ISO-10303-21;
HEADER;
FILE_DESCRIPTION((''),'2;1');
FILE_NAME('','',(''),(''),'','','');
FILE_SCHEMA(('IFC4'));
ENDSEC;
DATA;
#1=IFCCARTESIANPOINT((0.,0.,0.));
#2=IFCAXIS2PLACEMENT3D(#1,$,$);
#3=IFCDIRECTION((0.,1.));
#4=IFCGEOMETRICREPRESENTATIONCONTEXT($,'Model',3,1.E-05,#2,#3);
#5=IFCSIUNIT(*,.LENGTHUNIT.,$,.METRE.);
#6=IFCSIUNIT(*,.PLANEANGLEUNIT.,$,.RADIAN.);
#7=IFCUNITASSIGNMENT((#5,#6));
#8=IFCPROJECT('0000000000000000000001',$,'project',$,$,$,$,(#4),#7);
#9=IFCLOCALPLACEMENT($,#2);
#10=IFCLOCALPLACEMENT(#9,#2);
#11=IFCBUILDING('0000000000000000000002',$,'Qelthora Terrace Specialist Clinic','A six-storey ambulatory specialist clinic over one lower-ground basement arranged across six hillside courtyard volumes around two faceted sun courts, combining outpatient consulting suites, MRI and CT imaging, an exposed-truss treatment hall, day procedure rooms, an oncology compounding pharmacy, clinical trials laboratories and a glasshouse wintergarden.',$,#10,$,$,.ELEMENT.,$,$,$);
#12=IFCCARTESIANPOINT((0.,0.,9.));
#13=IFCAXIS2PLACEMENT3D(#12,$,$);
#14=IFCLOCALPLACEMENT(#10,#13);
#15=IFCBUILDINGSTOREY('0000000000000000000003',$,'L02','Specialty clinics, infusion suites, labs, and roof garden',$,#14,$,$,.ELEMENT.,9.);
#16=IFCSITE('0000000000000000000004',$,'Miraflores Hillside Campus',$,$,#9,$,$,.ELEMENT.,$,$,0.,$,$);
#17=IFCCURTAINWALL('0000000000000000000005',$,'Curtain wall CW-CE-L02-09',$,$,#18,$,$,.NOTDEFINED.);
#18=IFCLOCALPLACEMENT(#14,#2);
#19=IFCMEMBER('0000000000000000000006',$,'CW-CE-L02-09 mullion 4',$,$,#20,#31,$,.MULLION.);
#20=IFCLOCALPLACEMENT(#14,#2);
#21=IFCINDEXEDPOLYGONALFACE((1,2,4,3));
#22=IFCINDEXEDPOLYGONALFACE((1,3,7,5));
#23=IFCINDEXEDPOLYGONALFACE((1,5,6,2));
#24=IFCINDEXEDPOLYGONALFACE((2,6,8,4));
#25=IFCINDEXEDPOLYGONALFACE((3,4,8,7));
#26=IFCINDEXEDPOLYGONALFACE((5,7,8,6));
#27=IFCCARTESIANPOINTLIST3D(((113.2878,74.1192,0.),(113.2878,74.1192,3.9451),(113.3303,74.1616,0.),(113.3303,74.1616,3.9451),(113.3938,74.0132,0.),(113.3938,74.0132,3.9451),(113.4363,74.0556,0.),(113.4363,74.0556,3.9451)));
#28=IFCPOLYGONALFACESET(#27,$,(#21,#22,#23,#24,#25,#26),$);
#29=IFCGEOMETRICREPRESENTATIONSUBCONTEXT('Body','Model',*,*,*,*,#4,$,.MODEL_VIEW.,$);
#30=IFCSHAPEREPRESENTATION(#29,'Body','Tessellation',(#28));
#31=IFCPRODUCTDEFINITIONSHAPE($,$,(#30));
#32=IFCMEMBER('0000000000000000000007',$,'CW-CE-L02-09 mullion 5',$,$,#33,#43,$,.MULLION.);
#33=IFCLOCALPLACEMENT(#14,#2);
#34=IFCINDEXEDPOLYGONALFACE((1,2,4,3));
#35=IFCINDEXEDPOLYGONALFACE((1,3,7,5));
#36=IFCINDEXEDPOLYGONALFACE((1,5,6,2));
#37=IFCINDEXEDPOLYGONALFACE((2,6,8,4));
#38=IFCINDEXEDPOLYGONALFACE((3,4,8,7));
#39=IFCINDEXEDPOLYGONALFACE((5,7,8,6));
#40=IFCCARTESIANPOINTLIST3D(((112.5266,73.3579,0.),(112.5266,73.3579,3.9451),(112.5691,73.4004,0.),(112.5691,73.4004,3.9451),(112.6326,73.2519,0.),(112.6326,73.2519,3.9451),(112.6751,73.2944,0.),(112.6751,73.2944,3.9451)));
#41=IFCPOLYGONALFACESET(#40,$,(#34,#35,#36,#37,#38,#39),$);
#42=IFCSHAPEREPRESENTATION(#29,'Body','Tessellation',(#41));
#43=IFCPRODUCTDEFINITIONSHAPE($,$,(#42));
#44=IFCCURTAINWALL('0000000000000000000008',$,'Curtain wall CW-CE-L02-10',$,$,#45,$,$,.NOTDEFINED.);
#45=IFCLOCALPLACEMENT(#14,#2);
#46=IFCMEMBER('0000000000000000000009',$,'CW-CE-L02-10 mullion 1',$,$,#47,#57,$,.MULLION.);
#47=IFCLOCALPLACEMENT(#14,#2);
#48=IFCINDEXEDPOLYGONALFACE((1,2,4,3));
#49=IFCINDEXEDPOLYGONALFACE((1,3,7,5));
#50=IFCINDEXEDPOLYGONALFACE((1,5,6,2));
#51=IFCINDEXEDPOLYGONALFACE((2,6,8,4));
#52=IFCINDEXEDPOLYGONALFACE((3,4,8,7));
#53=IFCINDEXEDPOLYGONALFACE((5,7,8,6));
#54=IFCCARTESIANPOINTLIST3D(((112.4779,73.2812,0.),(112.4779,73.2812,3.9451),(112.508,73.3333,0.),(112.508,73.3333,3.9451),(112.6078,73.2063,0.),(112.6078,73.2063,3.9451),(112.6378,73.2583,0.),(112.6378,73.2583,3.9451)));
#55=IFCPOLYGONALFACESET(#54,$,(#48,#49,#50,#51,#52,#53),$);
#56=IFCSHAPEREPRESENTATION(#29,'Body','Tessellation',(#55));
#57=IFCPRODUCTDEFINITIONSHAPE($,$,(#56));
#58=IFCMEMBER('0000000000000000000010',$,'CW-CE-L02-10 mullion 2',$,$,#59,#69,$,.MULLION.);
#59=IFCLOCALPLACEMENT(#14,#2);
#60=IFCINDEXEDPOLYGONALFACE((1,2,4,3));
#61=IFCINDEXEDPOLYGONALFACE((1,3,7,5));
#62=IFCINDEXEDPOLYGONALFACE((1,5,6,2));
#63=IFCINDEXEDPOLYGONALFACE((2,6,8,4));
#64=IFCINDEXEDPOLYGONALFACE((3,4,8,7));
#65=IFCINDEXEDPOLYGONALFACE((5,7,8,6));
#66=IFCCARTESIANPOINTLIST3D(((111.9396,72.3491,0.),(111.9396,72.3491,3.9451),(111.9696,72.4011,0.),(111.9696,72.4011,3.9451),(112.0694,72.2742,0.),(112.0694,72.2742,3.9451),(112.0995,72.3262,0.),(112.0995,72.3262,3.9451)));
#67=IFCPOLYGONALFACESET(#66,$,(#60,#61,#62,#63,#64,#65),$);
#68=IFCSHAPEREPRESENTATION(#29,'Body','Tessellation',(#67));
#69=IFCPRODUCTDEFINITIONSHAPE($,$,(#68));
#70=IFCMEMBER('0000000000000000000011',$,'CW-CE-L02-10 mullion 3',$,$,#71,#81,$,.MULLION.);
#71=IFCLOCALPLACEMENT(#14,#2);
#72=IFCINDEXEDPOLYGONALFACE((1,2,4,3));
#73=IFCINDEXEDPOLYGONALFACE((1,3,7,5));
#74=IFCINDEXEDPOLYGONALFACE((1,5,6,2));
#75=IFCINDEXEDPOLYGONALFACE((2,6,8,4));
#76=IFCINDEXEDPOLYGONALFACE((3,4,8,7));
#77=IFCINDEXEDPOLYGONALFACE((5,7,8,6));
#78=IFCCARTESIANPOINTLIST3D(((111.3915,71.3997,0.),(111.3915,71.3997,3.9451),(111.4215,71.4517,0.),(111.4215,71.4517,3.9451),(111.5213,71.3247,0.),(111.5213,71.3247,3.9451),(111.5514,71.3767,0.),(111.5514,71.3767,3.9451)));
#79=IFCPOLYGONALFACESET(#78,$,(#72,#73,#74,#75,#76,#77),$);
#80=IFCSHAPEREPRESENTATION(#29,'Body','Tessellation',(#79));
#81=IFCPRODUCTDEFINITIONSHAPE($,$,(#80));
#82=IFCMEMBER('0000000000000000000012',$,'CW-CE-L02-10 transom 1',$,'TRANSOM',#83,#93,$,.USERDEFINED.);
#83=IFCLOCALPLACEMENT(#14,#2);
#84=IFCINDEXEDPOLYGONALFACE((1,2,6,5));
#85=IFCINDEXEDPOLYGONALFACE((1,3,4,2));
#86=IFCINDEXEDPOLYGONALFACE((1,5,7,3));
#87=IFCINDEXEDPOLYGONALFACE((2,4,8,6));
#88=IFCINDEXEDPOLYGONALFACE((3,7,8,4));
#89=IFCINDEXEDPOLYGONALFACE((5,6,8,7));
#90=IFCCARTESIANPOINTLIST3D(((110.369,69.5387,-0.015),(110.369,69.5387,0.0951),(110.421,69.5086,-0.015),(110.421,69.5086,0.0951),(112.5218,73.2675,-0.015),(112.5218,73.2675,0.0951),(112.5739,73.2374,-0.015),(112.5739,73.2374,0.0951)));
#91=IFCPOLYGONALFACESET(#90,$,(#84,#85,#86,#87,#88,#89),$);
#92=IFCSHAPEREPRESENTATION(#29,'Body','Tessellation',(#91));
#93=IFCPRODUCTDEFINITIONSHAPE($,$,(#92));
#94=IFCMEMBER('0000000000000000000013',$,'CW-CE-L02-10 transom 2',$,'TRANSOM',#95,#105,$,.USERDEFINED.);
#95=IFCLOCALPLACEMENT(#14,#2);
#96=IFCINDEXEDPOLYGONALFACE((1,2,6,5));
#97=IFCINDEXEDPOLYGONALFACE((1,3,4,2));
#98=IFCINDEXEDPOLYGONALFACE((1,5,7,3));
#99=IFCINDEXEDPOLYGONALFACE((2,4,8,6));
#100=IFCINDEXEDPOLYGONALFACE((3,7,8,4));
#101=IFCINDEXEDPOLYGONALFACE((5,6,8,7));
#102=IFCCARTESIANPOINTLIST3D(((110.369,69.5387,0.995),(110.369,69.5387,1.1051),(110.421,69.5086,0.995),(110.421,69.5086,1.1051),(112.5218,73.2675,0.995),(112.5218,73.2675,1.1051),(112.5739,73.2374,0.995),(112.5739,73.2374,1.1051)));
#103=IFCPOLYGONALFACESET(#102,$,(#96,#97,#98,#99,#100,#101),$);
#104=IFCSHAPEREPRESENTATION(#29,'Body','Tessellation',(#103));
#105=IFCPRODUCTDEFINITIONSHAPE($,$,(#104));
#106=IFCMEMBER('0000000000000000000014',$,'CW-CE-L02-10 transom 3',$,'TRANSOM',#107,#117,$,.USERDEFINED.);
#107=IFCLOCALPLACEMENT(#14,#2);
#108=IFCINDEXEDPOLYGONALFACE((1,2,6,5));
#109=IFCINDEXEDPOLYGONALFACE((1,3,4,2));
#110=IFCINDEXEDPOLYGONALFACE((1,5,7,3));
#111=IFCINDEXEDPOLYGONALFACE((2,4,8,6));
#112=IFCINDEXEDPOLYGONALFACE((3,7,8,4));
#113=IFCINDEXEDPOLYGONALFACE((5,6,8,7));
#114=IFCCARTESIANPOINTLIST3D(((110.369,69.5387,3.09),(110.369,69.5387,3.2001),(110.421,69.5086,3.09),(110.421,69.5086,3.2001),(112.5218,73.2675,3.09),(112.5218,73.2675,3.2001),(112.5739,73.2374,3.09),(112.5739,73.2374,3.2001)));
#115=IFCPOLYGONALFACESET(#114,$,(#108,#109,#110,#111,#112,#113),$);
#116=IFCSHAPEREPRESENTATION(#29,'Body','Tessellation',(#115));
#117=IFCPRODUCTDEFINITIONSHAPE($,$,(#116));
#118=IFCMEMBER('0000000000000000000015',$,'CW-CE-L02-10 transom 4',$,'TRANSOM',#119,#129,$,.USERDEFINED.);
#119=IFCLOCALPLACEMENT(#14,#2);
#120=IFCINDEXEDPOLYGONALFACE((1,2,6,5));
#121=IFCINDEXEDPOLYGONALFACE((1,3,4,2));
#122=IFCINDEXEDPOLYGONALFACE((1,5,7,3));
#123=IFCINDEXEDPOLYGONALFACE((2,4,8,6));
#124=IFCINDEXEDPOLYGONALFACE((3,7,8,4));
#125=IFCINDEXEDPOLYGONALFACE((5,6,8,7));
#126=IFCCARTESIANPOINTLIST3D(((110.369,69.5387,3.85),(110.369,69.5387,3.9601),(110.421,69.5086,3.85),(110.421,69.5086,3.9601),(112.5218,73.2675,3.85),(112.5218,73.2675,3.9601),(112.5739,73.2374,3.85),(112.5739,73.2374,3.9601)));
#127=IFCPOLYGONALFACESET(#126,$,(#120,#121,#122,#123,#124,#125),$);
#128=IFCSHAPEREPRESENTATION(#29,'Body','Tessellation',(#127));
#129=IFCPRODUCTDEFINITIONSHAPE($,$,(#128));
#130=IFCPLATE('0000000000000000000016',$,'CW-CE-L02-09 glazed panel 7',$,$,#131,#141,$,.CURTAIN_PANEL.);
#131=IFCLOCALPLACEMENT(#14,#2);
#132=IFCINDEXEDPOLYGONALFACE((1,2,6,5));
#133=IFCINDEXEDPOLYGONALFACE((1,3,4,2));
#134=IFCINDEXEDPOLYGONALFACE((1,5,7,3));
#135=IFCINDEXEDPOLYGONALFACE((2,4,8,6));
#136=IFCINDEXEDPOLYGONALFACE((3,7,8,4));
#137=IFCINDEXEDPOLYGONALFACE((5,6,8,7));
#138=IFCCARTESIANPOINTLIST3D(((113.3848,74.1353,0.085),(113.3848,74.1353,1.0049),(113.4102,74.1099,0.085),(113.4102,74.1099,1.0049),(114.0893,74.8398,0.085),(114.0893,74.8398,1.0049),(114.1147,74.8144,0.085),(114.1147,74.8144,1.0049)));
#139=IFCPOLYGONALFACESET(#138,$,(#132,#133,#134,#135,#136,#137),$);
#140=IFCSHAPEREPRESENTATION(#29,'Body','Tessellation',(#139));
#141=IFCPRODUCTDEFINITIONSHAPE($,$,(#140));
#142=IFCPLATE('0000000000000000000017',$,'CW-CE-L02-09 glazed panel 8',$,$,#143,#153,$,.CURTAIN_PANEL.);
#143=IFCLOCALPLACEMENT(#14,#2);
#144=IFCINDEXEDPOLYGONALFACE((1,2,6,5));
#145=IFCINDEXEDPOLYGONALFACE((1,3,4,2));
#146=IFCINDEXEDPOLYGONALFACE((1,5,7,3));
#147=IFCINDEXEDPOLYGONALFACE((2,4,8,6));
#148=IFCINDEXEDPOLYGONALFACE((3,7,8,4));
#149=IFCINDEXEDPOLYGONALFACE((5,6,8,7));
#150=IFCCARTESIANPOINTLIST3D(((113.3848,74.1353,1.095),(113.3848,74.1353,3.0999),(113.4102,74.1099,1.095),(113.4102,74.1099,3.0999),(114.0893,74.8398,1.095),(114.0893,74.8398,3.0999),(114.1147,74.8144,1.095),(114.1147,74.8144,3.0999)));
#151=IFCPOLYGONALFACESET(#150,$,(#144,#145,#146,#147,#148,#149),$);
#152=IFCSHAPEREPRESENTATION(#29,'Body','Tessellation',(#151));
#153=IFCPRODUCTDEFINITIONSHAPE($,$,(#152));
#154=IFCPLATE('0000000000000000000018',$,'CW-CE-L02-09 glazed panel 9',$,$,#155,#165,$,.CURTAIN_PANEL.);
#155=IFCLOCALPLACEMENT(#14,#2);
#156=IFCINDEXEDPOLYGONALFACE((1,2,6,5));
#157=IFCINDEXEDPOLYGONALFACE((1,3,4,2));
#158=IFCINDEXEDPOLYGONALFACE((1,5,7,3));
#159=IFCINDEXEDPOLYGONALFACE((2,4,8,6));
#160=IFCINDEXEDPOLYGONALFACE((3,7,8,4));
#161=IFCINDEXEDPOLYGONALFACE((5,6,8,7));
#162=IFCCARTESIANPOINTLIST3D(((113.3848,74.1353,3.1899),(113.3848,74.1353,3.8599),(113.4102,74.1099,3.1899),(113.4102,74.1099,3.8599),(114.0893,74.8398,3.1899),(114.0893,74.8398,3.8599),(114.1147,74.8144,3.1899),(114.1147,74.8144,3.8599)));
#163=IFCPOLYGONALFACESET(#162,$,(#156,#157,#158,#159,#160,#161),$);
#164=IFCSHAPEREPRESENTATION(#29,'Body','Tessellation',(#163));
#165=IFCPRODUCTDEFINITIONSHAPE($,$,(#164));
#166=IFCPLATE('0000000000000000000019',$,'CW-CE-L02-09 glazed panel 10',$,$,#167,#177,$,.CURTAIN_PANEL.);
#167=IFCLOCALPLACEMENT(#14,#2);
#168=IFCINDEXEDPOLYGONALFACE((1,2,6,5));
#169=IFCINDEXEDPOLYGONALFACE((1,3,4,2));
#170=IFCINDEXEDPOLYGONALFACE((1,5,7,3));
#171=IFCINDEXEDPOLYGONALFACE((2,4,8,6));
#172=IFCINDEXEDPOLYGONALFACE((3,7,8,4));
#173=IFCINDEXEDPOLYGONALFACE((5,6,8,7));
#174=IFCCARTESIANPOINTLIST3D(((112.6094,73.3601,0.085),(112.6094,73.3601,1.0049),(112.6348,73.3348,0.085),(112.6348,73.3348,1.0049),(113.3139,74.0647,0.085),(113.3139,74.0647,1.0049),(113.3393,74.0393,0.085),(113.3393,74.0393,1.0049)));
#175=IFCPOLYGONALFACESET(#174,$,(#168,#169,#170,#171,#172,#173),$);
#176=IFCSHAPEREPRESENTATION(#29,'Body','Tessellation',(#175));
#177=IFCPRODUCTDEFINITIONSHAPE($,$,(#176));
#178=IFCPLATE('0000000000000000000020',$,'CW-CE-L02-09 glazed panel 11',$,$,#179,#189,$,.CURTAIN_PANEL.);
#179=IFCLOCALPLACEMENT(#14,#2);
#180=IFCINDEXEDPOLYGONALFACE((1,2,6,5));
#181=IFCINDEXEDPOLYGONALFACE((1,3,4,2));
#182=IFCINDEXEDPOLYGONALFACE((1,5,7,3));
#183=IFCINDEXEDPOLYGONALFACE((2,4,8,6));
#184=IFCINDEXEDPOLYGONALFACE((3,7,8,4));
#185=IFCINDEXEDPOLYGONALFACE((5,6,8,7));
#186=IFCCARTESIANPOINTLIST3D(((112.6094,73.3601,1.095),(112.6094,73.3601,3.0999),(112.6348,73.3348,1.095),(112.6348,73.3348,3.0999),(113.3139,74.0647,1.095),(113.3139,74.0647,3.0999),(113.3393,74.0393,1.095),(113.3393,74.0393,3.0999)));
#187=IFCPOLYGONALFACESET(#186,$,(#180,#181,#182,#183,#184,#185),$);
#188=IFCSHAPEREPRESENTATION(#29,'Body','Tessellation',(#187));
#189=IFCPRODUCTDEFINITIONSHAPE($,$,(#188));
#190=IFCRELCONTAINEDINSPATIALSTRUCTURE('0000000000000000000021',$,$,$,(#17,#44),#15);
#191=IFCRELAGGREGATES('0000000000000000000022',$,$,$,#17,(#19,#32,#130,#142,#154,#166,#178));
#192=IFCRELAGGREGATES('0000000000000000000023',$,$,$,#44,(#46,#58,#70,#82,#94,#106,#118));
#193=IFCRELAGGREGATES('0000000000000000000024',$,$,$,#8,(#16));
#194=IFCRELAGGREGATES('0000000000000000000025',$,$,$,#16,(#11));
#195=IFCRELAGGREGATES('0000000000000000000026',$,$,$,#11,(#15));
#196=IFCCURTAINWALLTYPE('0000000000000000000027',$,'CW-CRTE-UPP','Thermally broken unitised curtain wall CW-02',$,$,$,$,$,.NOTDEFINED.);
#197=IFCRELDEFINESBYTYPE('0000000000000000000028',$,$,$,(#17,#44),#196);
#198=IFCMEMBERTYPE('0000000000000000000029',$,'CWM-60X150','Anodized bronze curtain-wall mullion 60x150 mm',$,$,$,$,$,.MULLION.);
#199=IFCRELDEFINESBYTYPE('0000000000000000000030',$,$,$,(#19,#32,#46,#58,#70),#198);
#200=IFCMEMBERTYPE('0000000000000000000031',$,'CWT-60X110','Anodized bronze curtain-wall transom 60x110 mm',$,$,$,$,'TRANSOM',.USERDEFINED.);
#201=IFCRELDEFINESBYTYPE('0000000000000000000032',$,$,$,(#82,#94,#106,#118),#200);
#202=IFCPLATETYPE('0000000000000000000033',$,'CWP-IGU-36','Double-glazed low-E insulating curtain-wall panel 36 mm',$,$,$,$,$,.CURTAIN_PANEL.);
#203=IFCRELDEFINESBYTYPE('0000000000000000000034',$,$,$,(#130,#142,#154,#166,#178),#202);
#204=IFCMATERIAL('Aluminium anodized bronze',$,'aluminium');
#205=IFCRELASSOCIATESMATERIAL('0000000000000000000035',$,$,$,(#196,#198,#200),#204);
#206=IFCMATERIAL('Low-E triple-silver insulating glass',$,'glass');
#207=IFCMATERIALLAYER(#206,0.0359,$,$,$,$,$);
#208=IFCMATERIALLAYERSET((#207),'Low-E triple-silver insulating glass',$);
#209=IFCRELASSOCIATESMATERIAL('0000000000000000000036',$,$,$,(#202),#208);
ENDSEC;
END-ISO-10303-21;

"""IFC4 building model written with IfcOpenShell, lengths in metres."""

from ifc_helpers import new_model, si_unit, direction, frame, origin, origin_2d, place, context, subcontext, project, spatial, rectangle, extrude, material, layer, layer_set, material_profile, profile_set, type_object, element, aggregate, save


model = new_model("IFC4")

# Units and contexts
model_context = context("Model", 3, precision=1e-05, world=origin(), true_north=direction((0.0, 1.0)))
body_context = subcontext(model_context, "Body", "Model", "MODEL_VIEW")
ifc_project = project(units=[si_unit("LENGTHUNIT", "METRE"), si_unit("PLANEANGLEUNIT", "RADIAN")], contexts=[model_context])

# Site, building, storey
site_placement = place(None, origin())
site = spatial("IfcSite", under=ifc_project, at=site_placement, Name="Miraflores Hillside Campus", CompositionType="ELEMENT", RefElevation=0.0)
building_placement = place(site_placement, origin())
building = spatial("IfcBuilding", under=site, at=building_placement, Name="Qelthora Terrace Specialist Clinic", Description="A six-storey ambulatory specialist clinic over one lower-ground basement arranged across six hillside courtyard volumes around two faceted sun courts, combining outpatient consulting suites, MRI and CT imaging, an exposed-truss treatment hall, day procedure rooms, an oncology compounding pharmacy, clinical trials laboratories and a glasshouse wintergarden.", CompositionType="ELEMENT")
storey_placement = place(building_placement, frame((0.0, 0.0, 9.0)))
storey = spatial("IfcBuildingStorey", under=building, at=storey_placement, Name="L02", Description="Specialty clinics, infusion suites, labs, and roof garden", CompositionType="ELEMENT", Elevation=9.0)

# Curtain walls, members
ifc_material_1 = material(Name="Aluminium anodized bronze", Category="aluminium")
curtain_wall_type = type_object("IfcCurtainWallType", Name="CW-CRTE-UPP", Description="Thermally broken unitised curtain wall CW-02", PredefinedType="NOTDEFINED", material=ifc_material_1)
curtain_wall_1_placement = place(storey_placement, origin())
curtain_wall_1 = element("IfcCurtainWall", 1, at=curtain_wall_1_placement, inside=storey, type_object=curtain_wall_type, Name="Curtain wall CW-CE-L02-09", PredefinedType="NOTDEFINED")
ifc_material_profile_1 = material_profile(ifc_material_1, rectangle(XDim=0.0601, YDim=0.1499, at=origin_2d()), Name="CWM60X150")
ifc_profile_set_1 = profile_set([ifc_material_profile_1], Name="Aluminium anodized bronze")
member_type_1 = type_object("IfcMemberType", Name="CWM-60X150", Description="Anodized bronze curtain-wall mullion 60x150 mm", PredefinedType="MULLION", material=ifc_profile_set_1)
member_1_placement = place(storey_placement, frame((113.3621, 74.0874, 0.0), z_axis=(0.0, 0.0, 1.0), x_axis=(-0.707107, -0.707107, 0.0)))
member_1 = element("IfcMember", 2, at=member_1_placement, type_object=member_type_1, Name="CW-CE-L02-09 mullion 4", PredefinedType="MULLION", context=body_context, shape_type="SweptSolid", body=[
    extrude(rectangle(XDim=0.0601, YDim=0.1499, at=origin_2d()), origin(), (0.0, 0.0, 1.0), 3.9451),
])
member_2_placement = place(storey_placement, frame((112.6008, 73.3262, 0.0), z_axis=(0.0, 0.0, 1.0), x_axis=(-0.707107, -0.707107, 0.0)))
member_2 = element("IfcMember", 3, at=member_2_placement, type_object=member_type_1, Name="CW-CE-L02-09 mullion 5", PredefinedType="MULLION", context=body_context, shape_type="SweptSolid", body=[
    extrude(rectangle(XDim=0.0601, YDim=0.1499, at=origin_2d()), origin(), (0.0, 0.0, 1.0), 3.9451),
])
curtain_wall_2_placement = place(storey_placement, origin())
curtain_wall_2 = element("IfcCurtainWall", 4, at=curtain_wall_2_placement, inside=storey, type_object=curtain_wall_type, Name="Curtain wall CW-CE-L02-10", PredefinedType="NOTDEFINED")
member_3_placement = place(storey_placement, frame((112.5579, 73.2698, 0.0), z_axis=(0.0, 0.0, 1.0), x_axis=(-0.5, -0.866025, 0.0)))
member_3 = element("IfcMember", 5, at=member_3_placement, type_object=member_type_1, Name="CW-CE-L02-10 mullion 1", PredefinedType="MULLION", context=body_context, shape_type="SweptSolid", body=[
    extrude(rectangle(XDim=0.0601, YDim=0.1499, at=origin_2d()), origin(), (0.0, 0.0, 1.0), 3.9451),
])
member_4_placement = place(storey_placement, frame((112.0195, 72.3376, 0.0), z_axis=(0.0, 0.0, 1.0), x_axis=(-0.5, -0.866025, 0.0)))
member_4 = element("IfcMember", 6, at=member_4_placement, type_object=member_type_1, Name="CW-CE-L02-10 mullion 2", PredefinedType="MULLION", context=body_context, shape_type="SweptSolid", body=[
    extrude(rectangle(XDim=0.0601, YDim=0.1499, at=origin_2d()), origin(), (0.0, 0.0, 1.0), 3.9451),
])
member_5_placement = place(storey_placement, frame((111.4714, 71.3882, 0.0), z_axis=(0.0, 0.0, 1.0), x_axis=(-0.5, -0.866025, 0.0)))
member_5 = element("IfcMember", 7, at=member_5_placement, type_object=member_type_1, Name="CW-CE-L02-10 mullion 3", PredefinedType="MULLION", context=body_context, shape_type="SweptSolid", body=[
    extrude(rectangle(XDim=0.0601, YDim=0.1499, at=origin_2d()), origin(), (0.0, 0.0, 1.0), 3.9451),
])
ifc_material_profile_2 = material_profile(ifc_material_1, rectangle(XDim=0.0601, YDim=0.1101, at=origin_2d()), Name="CWT60X110")
ifc_profile_set_2 = profile_set([ifc_material_profile_2], Name="Aluminium anodized bronze")
member_type_2 = type_object("IfcMemberType", Name="CWT-60X110", Description="Anodized bronze curtain-wall transom 60x110 mm", ElementType="TRANSOM", PredefinedType="USERDEFINED", material=ifc_profile_set_2)
member_6_placement = place(storey_placement, frame((112.5479, 73.2524, 0.04), z_axis=(-0.500006, -0.866022, 0.0), x_axis=(0.866022, -0.500006, 0.0)))
member_6 = element("IfcMember", 8, at=member_6_placement, type_object=member_type_2, Name="CW-CE-L02-10 transom 1", ObjectType="TRANSOM", PredefinedType="USERDEFINED", context=body_context, shape_type="SweptSolid", body=[
    extrude(rectangle(XDim=0.0601, YDim=0.1101, at=origin_2d()), origin(), (0.0, 0.0, 1.0), 4.3057),
])
member_7_placement = place(storey_placement, frame((112.5479, 73.2524, 1.05), z_axis=(-0.500006, -0.866022, 0.0), x_axis=(0.866022, -0.500006, 0.0)))
member_7 = element("IfcMember", 9, at=member_7_placement, type_object=member_type_2, Name="CW-CE-L02-10 transom 2", ObjectType="TRANSOM", PredefinedType="USERDEFINED", context=body_context, shape_type="SweptSolid", body=[
    extrude(rectangle(XDim=0.0601, YDim=0.1101, at=origin_2d()), origin(), (0.0, 0.0, 1.0), 4.3057),
])
member_8_placement = place(storey_placement, frame((112.5479, 73.2524, 3.145), z_axis=(-0.500006, -0.866022, 0.0), x_axis=(0.866022, -0.500006, 0.0)))
member_8 = element("IfcMember", 10, at=member_8_placement, type_object=member_type_2, Name="CW-CE-L02-10 transom 3", ObjectType="TRANSOM", PredefinedType="USERDEFINED", context=body_context, shape_type="SweptSolid", body=[
    extrude(rectangle(XDim=0.0601, YDim=0.1101, at=origin_2d()), origin(), (0.0, 0.0, 1.0), 4.3057),
])
member_9_placement = place(storey_placement, frame((112.5479, 73.2524, 3.905), z_axis=(-0.500006, -0.866022, 0.0), x_axis=(0.866022, -0.500006, 0.0)))
member_9 = element("IfcMember", 11, at=member_9_placement, type_object=member_type_2, Name="CW-CE-L02-10 transom 4", ObjectType="TRANSOM", PredefinedType="USERDEFINED", context=body_context, shape_type="SweptSolid", body=[
    extrude(rectangle(XDim=0.0601, YDim=0.1101, at=origin_2d()), origin(), (0.0, 0.0, 1.0), 4.3057),
])

# Plates
ifc_material_2 = material(Name="Low-E triple-silver insulating glass", Category="glass")
ifc_layer = layer(ifc_material_2, 0.0359)
ifc_layer_set = layer_set([ifc_layer], Name="Low-E triple-silver insulating glass")
plate_type = type_object("IfcPlateType", Name="CWP-IGU-36", Description="Double-glazed low-E insulating curtain-wall panel 36 mm", PredefinedType="CURTAIN_PANEL", material=ifc_layer_set)
plate_1_placement = place(storey_placement, frame((113.7498, 74.4749, 0.085), z_axis=(0.0, 0.0, 1.0), x_axis=(-0.707107, -0.707107, 0.0)))
plate_1 = element("IfcPlate", 12, at=plate_1_placement, type_object=plate_type, Name="CW-CE-L02-09 glazed panel 7", PredefinedType="CURTAIN_PANEL", context=body_context, shape_type="SweptSolid", body=[
    extrude(rectangle(XDim=0.9963, YDim=0.0359, at=origin_2d()), origin(), (0.0, 0.0, 1.0), 0.9199),
])
plate_2_placement = place(storey_placement, frame((113.7498, 74.4749, 1.095), z_axis=(0.0, 0.0, 1.0), x_axis=(-0.707107, -0.707107, 0.0)))
plate_2 = element("IfcPlate", 13, at=plate_2_placement, type_object=plate_type, Name="CW-CE-L02-09 glazed panel 8", PredefinedType="CURTAIN_PANEL", context=body_context, shape_type="SweptSolid", body=[
    extrude(rectangle(XDim=0.9963, YDim=0.0359, at=origin_2d()), origin(), (0.0, 0.0, 1.0), 2.0049),
])
plate_3_placement = place(storey_placement, frame((113.7498, 74.4749, 3.1899), z_axis=(0.0, 0.0, 1.0), x_axis=(-0.707107, -0.707107, 0.0)))
plate_3 = element("IfcPlate", 14, at=plate_3_placement, type_object=plate_type, Name="CW-CE-L02-09 glazed panel 9", PredefinedType="CURTAIN_PANEL", context=body_context, shape_type="SweptSolid", body=[
    extrude(rectangle(XDim=0.9963, YDim=0.0359, at=origin_2d()), origin(), (0.0, 0.0, 1.0), 0.6699),
])
plate_4_placement = place(storey_placement, frame((112.9744, 73.6997, 0.085), z_axis=(0.0, 0.0, 1.0), x_axis=(-0.707107, -0.707107, 0.0)))
plate_4 = element("IfcPlate", 15, at=plate_4_placement, type_object=plate_type, Name="CW-CE-L02-09 glazed panel 10", PredefinedType="CURTAIN_PANEL", context=body_context, shape_type="SweptSolid", body=[
    extrude(rectangle(XDim=0.9963, YDim=0.0359, at=origin_2d()), origin(), (0.0, 0.0, 1.0), 0.9199),
])
plate_5_placement = place(storey_placement, frame((112.9744, 73.6997, 1.095), z_axis=(0.0, 0.0, 1.0), x_axis=(-0.707107, -0.707107, 0.0)))
plate_5 = element("IfcPlate", 16, at=plate_5_placement, type_object=plate_type, Name="CW-CE-L02-09 glazed panel 11", PredefinedType="CURTAIN_PANEL", context=body_context, shape_type="SweptSolid", body=[
    extrude(rectangle(XDim=0.9963, YDim=0.0359, at=origin_2d()), origin(), (0.0, 0.0, 1.0), 2.0049),
])
aggregate(curtain_wall_1, [member_1, member_2, plate_1, plate_2, plate_3, plate_4, plate_5])
aggregate(curtain_wall_2, [member_3, member_4, member_5, member_6, member_7, member_8, member_9])

save(model, "model.ifc")
